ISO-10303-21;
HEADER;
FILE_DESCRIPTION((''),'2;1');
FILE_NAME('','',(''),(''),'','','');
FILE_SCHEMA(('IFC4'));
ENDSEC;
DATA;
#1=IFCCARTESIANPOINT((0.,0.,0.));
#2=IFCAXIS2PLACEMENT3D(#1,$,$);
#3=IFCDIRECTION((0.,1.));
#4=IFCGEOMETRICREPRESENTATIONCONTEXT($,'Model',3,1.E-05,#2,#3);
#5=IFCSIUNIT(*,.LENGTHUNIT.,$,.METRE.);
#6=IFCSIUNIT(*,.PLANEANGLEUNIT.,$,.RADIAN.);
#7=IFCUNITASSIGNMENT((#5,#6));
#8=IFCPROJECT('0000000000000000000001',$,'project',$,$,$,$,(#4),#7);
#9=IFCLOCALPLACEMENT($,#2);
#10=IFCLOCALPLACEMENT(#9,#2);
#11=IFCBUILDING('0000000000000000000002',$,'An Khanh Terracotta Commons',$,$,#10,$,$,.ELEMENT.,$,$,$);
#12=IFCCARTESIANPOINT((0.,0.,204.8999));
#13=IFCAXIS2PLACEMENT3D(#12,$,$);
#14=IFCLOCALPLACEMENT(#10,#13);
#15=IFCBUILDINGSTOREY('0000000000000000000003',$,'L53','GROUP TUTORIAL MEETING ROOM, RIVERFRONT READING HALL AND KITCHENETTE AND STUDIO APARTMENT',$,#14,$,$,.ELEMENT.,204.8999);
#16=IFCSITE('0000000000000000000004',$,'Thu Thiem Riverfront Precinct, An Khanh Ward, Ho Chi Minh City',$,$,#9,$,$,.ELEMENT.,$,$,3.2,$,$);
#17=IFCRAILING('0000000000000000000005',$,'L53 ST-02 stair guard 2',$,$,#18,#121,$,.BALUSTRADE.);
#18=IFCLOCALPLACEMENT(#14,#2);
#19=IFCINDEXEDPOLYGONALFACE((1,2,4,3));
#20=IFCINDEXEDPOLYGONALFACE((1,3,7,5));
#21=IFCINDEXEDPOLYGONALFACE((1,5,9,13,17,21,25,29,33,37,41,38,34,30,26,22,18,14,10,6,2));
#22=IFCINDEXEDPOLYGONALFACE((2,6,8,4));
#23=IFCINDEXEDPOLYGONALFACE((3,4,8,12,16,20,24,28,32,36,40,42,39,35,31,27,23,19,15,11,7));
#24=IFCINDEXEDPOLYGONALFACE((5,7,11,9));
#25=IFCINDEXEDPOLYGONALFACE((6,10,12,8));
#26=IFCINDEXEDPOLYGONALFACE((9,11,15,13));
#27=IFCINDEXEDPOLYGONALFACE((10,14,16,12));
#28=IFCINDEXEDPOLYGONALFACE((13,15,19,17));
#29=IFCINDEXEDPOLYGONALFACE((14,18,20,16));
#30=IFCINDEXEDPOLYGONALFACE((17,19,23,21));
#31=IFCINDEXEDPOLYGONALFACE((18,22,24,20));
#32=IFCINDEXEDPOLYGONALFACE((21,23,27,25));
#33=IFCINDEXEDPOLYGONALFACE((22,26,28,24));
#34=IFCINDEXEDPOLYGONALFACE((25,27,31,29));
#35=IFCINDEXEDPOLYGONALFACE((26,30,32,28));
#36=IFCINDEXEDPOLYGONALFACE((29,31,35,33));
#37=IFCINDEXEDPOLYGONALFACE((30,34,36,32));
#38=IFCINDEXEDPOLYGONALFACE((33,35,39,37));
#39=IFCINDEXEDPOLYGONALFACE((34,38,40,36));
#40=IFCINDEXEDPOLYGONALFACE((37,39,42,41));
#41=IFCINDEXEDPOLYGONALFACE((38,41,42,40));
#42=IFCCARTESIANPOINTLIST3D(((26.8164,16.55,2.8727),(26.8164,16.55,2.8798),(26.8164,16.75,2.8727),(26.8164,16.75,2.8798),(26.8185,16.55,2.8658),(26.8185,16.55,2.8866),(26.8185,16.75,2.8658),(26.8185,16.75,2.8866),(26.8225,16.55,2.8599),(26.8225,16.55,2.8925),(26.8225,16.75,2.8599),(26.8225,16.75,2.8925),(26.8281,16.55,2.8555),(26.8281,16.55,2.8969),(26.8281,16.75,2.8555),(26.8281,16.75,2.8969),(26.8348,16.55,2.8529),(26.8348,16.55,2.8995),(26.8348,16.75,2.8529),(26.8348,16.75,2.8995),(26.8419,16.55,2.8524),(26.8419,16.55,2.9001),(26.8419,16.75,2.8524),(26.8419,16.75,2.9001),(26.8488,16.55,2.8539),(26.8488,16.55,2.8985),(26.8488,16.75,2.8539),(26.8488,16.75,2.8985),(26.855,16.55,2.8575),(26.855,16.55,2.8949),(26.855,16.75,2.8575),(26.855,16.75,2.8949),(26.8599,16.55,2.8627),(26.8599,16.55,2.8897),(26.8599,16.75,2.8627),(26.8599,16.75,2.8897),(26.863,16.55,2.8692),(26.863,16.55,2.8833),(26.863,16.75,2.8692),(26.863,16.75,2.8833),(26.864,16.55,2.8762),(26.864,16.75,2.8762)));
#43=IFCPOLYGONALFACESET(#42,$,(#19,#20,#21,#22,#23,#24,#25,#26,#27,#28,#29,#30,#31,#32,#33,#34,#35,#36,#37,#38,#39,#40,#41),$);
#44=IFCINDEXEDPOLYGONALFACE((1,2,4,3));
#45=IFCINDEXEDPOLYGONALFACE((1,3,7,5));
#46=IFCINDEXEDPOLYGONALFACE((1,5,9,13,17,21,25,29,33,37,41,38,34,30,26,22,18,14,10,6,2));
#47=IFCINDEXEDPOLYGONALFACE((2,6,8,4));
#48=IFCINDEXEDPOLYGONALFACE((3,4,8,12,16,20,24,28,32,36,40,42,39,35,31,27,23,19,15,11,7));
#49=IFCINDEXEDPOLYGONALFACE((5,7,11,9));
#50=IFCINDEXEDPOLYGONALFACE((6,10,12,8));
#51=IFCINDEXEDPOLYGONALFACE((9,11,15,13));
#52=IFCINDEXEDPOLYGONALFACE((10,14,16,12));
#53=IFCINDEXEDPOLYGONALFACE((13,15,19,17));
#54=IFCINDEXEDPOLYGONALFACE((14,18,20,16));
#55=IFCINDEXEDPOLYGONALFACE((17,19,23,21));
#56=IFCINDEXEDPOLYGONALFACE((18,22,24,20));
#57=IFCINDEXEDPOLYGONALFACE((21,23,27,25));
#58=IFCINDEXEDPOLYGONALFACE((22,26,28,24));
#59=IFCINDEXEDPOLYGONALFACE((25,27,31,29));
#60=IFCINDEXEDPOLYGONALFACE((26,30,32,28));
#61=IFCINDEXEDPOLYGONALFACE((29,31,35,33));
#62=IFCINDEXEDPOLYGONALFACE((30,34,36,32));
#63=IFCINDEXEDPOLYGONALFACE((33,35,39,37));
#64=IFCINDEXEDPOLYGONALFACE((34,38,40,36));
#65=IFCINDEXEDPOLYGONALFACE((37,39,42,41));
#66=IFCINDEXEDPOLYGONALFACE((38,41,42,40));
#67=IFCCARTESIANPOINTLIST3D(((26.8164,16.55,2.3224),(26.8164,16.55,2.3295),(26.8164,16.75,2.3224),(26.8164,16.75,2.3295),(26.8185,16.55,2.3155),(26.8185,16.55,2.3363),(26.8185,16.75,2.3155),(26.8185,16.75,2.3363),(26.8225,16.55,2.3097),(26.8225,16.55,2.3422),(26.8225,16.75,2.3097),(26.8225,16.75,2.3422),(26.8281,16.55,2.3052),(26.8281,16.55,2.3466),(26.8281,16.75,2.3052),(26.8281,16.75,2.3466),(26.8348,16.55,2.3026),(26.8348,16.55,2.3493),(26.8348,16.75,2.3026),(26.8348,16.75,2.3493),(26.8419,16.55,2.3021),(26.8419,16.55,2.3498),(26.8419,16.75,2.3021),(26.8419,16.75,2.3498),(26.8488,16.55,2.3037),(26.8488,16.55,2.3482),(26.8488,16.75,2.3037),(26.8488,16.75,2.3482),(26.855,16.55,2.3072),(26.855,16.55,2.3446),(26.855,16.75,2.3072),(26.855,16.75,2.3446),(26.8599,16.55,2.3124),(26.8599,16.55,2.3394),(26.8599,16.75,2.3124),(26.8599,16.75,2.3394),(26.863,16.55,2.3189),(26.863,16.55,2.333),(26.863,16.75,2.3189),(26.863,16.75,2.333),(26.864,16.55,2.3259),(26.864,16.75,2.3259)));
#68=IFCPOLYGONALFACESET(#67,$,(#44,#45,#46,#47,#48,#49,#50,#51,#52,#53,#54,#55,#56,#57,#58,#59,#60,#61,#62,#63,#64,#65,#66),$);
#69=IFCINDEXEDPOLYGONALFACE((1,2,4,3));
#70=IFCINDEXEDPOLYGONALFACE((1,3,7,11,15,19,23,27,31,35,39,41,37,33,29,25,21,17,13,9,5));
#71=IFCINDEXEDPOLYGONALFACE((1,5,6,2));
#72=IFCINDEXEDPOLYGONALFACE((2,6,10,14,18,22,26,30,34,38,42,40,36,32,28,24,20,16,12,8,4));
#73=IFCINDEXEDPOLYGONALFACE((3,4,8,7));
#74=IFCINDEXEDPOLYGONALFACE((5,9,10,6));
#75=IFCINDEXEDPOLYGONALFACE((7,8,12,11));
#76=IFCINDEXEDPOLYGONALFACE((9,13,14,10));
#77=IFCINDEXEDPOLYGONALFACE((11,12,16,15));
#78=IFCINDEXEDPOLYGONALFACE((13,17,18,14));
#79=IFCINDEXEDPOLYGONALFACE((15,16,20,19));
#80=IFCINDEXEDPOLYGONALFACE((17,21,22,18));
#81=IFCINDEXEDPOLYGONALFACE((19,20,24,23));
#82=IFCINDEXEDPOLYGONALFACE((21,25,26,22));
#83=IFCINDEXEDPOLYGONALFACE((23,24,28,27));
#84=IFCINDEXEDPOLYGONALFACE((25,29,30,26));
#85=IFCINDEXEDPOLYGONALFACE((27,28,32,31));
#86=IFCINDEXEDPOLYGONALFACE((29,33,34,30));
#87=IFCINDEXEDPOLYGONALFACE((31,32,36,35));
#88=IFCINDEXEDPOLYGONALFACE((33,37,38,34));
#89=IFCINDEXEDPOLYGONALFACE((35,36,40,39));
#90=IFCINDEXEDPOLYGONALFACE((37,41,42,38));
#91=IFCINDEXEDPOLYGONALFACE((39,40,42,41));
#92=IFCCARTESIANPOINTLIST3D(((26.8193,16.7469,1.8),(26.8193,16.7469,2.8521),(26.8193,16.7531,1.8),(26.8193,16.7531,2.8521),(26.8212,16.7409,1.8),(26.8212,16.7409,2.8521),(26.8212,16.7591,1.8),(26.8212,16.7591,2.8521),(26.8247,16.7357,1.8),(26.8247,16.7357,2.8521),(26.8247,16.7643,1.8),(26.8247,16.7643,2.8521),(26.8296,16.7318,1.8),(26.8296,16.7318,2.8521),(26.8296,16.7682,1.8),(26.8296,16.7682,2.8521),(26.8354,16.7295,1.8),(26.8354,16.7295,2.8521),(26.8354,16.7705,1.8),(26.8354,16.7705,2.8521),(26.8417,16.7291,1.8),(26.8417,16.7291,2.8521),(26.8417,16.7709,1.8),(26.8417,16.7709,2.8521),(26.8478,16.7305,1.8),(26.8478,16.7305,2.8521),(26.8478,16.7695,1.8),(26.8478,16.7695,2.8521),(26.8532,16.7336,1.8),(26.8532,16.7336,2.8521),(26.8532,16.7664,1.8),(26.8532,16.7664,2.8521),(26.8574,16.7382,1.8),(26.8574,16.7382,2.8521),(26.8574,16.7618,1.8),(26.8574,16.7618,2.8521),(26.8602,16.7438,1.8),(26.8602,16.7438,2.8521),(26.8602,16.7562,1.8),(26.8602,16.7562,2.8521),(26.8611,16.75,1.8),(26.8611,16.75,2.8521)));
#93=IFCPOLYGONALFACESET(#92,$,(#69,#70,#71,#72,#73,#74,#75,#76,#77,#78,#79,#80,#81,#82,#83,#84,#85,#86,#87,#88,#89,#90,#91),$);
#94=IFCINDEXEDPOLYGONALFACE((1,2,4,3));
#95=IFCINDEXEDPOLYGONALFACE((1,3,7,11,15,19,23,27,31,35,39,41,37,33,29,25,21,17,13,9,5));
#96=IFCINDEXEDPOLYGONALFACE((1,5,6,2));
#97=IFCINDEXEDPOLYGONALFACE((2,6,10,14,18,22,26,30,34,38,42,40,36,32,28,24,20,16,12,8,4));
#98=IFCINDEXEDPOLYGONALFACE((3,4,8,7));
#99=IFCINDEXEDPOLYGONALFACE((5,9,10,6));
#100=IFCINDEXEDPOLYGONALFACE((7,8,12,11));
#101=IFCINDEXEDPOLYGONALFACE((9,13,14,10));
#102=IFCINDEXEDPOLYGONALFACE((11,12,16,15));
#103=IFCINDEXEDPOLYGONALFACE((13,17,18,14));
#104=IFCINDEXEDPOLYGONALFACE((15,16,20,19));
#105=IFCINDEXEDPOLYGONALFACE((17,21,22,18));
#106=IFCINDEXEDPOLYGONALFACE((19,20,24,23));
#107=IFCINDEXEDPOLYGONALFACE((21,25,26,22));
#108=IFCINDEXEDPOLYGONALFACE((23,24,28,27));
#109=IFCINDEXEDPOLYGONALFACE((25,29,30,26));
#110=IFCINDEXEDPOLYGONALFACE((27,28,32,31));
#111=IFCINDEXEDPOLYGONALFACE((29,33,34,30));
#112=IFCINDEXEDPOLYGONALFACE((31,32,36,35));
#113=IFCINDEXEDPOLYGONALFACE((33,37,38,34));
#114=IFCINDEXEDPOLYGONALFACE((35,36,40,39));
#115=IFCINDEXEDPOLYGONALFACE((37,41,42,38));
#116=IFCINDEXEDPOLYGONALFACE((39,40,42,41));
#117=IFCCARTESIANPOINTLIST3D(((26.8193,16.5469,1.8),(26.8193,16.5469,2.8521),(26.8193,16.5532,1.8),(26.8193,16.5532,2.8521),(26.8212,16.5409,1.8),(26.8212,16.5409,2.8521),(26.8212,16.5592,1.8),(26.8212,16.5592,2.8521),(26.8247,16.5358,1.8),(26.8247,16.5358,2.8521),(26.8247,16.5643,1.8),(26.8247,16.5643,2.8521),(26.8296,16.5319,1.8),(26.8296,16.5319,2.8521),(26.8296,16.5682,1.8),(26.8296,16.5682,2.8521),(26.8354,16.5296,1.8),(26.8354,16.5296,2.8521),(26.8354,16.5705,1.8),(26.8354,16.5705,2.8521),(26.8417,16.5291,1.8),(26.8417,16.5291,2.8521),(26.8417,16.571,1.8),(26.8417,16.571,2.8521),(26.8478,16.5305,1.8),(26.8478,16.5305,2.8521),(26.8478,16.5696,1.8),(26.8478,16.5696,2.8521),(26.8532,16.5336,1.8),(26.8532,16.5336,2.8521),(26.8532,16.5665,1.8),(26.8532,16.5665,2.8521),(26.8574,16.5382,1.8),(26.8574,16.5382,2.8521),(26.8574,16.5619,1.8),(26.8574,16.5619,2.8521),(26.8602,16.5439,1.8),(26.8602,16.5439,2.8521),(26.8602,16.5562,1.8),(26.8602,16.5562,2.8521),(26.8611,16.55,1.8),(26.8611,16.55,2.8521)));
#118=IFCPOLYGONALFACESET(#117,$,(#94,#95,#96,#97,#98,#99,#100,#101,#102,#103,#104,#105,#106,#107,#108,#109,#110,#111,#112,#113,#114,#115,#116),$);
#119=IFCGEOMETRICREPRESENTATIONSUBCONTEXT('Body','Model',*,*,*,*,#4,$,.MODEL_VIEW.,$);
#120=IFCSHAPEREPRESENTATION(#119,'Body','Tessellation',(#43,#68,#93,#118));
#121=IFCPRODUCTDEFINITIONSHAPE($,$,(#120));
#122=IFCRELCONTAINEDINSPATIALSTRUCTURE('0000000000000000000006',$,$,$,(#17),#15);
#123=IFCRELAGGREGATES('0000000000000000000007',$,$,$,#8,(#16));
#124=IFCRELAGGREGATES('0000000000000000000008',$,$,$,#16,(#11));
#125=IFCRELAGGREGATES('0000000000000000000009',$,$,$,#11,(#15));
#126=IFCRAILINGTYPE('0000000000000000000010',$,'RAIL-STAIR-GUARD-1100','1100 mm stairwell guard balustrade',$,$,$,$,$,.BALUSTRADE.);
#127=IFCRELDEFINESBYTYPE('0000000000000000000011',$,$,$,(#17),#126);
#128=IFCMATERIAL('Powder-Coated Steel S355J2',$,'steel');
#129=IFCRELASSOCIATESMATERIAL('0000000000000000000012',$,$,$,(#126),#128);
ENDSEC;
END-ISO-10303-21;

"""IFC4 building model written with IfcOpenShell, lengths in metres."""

from ifc_helpers import new_model, si_unit, direction, frame, origin, origin_2d, place, context, subcontext, project, spatial, circle, extrude, material, type_object, element, save


model = new_model("IFC4")

# Units and contexts
model_context = context("Model", 3, precision=1e-05, world=origin(), true_north=direction((0.0, 1.0)))
body_context = subcontext(model_context, "Body", "Model", "MODEL_VIEW")
ifc_project = project(units=[si_unit("LENGTHUNIT", "METRE"), si_unit("PLANEANGLEUNIT", "RADIAN")], contexts=[model_context])

# Site, building, storey
site_placement = place(None, origin())
site = spatial("IfcSite", under=ifc_project, at=site_placement, Name="Thu Thiem Riverfront Precinct, An Khanh Ward, Ho Chi Minh City", CompositionType="ELEMENT", RefElevation=3.2)
building_placement = place(site_placement, origin())
building = spatial("IfcBuilding", under=site, at=building_placement, Name="An Khanh Terracotta Commons", CompositionType="ELEMENT")
storey_placement = place(building_placement, frame((0.0, 0.0, 204.8999)))
storey = spatial("IfcBuildingStorey", under=building, at=storey_placement, Name="L53", Description="GROUP TUTORIAL MEETING ROOM, RIVERFRONT READING HALL AND KITCHENETTE AND STUDIO APARTMENT", CompositionType="ELEMENT", Elevation=204.8999)

# Railing
ifc_material_1 = material(Name="Powder-Coated Steel S355J2", Category="steel")
railing_type_1 = type_object("IfcRailingType", Name="RAIL-STAIR-GUARD-1100", Description="1100 mm stairwell guard balustrade", PredefinedType="BALUSTRADE", material=ifc_material_1)
railing_1_placement = place(storey_placement, frame((26.8401, 16.75, 1.8)))
element("IfcRailing", 1, at=railing_1_placement, inside=storey, type_object=railing_type_1, Name="L53 ST-02 stair guard 2", PredefinedType="BALUSTRADE", context=body_context, shape_type="SweptSolid", body=[
    extrude(circle(Radius=0.0239, at=origin_2d()), frame((0.0, 0.0, 1.0762), z_axis=(0.0, -1.0, 0.0), x_axis=(1.0, 0.0, 0.0)), (0.0, 0.0, 1.0), 0.2),
    extrude(circle(Radius=0.0239, at=origin_2d()), frame((0.0, 0.0, 0.5259), z_axis=(0.0, -1.0, 0.0), x_axis=(1.0, 0.0, 0.0)), (0.0, 0.0, 1.0), 0.2),
    extrude(circle(Radius=0.021, at=origin_2d()), origin(), (0.0, 0.0, 1.0), 1.052),
    extrude(circle(Radius=0.021, at=origin_2d()), frame((0.0, -0.2, 0.0)), (0.0, 0.0, 1.0), 1.052),
])

save(model, "model.ifc")
